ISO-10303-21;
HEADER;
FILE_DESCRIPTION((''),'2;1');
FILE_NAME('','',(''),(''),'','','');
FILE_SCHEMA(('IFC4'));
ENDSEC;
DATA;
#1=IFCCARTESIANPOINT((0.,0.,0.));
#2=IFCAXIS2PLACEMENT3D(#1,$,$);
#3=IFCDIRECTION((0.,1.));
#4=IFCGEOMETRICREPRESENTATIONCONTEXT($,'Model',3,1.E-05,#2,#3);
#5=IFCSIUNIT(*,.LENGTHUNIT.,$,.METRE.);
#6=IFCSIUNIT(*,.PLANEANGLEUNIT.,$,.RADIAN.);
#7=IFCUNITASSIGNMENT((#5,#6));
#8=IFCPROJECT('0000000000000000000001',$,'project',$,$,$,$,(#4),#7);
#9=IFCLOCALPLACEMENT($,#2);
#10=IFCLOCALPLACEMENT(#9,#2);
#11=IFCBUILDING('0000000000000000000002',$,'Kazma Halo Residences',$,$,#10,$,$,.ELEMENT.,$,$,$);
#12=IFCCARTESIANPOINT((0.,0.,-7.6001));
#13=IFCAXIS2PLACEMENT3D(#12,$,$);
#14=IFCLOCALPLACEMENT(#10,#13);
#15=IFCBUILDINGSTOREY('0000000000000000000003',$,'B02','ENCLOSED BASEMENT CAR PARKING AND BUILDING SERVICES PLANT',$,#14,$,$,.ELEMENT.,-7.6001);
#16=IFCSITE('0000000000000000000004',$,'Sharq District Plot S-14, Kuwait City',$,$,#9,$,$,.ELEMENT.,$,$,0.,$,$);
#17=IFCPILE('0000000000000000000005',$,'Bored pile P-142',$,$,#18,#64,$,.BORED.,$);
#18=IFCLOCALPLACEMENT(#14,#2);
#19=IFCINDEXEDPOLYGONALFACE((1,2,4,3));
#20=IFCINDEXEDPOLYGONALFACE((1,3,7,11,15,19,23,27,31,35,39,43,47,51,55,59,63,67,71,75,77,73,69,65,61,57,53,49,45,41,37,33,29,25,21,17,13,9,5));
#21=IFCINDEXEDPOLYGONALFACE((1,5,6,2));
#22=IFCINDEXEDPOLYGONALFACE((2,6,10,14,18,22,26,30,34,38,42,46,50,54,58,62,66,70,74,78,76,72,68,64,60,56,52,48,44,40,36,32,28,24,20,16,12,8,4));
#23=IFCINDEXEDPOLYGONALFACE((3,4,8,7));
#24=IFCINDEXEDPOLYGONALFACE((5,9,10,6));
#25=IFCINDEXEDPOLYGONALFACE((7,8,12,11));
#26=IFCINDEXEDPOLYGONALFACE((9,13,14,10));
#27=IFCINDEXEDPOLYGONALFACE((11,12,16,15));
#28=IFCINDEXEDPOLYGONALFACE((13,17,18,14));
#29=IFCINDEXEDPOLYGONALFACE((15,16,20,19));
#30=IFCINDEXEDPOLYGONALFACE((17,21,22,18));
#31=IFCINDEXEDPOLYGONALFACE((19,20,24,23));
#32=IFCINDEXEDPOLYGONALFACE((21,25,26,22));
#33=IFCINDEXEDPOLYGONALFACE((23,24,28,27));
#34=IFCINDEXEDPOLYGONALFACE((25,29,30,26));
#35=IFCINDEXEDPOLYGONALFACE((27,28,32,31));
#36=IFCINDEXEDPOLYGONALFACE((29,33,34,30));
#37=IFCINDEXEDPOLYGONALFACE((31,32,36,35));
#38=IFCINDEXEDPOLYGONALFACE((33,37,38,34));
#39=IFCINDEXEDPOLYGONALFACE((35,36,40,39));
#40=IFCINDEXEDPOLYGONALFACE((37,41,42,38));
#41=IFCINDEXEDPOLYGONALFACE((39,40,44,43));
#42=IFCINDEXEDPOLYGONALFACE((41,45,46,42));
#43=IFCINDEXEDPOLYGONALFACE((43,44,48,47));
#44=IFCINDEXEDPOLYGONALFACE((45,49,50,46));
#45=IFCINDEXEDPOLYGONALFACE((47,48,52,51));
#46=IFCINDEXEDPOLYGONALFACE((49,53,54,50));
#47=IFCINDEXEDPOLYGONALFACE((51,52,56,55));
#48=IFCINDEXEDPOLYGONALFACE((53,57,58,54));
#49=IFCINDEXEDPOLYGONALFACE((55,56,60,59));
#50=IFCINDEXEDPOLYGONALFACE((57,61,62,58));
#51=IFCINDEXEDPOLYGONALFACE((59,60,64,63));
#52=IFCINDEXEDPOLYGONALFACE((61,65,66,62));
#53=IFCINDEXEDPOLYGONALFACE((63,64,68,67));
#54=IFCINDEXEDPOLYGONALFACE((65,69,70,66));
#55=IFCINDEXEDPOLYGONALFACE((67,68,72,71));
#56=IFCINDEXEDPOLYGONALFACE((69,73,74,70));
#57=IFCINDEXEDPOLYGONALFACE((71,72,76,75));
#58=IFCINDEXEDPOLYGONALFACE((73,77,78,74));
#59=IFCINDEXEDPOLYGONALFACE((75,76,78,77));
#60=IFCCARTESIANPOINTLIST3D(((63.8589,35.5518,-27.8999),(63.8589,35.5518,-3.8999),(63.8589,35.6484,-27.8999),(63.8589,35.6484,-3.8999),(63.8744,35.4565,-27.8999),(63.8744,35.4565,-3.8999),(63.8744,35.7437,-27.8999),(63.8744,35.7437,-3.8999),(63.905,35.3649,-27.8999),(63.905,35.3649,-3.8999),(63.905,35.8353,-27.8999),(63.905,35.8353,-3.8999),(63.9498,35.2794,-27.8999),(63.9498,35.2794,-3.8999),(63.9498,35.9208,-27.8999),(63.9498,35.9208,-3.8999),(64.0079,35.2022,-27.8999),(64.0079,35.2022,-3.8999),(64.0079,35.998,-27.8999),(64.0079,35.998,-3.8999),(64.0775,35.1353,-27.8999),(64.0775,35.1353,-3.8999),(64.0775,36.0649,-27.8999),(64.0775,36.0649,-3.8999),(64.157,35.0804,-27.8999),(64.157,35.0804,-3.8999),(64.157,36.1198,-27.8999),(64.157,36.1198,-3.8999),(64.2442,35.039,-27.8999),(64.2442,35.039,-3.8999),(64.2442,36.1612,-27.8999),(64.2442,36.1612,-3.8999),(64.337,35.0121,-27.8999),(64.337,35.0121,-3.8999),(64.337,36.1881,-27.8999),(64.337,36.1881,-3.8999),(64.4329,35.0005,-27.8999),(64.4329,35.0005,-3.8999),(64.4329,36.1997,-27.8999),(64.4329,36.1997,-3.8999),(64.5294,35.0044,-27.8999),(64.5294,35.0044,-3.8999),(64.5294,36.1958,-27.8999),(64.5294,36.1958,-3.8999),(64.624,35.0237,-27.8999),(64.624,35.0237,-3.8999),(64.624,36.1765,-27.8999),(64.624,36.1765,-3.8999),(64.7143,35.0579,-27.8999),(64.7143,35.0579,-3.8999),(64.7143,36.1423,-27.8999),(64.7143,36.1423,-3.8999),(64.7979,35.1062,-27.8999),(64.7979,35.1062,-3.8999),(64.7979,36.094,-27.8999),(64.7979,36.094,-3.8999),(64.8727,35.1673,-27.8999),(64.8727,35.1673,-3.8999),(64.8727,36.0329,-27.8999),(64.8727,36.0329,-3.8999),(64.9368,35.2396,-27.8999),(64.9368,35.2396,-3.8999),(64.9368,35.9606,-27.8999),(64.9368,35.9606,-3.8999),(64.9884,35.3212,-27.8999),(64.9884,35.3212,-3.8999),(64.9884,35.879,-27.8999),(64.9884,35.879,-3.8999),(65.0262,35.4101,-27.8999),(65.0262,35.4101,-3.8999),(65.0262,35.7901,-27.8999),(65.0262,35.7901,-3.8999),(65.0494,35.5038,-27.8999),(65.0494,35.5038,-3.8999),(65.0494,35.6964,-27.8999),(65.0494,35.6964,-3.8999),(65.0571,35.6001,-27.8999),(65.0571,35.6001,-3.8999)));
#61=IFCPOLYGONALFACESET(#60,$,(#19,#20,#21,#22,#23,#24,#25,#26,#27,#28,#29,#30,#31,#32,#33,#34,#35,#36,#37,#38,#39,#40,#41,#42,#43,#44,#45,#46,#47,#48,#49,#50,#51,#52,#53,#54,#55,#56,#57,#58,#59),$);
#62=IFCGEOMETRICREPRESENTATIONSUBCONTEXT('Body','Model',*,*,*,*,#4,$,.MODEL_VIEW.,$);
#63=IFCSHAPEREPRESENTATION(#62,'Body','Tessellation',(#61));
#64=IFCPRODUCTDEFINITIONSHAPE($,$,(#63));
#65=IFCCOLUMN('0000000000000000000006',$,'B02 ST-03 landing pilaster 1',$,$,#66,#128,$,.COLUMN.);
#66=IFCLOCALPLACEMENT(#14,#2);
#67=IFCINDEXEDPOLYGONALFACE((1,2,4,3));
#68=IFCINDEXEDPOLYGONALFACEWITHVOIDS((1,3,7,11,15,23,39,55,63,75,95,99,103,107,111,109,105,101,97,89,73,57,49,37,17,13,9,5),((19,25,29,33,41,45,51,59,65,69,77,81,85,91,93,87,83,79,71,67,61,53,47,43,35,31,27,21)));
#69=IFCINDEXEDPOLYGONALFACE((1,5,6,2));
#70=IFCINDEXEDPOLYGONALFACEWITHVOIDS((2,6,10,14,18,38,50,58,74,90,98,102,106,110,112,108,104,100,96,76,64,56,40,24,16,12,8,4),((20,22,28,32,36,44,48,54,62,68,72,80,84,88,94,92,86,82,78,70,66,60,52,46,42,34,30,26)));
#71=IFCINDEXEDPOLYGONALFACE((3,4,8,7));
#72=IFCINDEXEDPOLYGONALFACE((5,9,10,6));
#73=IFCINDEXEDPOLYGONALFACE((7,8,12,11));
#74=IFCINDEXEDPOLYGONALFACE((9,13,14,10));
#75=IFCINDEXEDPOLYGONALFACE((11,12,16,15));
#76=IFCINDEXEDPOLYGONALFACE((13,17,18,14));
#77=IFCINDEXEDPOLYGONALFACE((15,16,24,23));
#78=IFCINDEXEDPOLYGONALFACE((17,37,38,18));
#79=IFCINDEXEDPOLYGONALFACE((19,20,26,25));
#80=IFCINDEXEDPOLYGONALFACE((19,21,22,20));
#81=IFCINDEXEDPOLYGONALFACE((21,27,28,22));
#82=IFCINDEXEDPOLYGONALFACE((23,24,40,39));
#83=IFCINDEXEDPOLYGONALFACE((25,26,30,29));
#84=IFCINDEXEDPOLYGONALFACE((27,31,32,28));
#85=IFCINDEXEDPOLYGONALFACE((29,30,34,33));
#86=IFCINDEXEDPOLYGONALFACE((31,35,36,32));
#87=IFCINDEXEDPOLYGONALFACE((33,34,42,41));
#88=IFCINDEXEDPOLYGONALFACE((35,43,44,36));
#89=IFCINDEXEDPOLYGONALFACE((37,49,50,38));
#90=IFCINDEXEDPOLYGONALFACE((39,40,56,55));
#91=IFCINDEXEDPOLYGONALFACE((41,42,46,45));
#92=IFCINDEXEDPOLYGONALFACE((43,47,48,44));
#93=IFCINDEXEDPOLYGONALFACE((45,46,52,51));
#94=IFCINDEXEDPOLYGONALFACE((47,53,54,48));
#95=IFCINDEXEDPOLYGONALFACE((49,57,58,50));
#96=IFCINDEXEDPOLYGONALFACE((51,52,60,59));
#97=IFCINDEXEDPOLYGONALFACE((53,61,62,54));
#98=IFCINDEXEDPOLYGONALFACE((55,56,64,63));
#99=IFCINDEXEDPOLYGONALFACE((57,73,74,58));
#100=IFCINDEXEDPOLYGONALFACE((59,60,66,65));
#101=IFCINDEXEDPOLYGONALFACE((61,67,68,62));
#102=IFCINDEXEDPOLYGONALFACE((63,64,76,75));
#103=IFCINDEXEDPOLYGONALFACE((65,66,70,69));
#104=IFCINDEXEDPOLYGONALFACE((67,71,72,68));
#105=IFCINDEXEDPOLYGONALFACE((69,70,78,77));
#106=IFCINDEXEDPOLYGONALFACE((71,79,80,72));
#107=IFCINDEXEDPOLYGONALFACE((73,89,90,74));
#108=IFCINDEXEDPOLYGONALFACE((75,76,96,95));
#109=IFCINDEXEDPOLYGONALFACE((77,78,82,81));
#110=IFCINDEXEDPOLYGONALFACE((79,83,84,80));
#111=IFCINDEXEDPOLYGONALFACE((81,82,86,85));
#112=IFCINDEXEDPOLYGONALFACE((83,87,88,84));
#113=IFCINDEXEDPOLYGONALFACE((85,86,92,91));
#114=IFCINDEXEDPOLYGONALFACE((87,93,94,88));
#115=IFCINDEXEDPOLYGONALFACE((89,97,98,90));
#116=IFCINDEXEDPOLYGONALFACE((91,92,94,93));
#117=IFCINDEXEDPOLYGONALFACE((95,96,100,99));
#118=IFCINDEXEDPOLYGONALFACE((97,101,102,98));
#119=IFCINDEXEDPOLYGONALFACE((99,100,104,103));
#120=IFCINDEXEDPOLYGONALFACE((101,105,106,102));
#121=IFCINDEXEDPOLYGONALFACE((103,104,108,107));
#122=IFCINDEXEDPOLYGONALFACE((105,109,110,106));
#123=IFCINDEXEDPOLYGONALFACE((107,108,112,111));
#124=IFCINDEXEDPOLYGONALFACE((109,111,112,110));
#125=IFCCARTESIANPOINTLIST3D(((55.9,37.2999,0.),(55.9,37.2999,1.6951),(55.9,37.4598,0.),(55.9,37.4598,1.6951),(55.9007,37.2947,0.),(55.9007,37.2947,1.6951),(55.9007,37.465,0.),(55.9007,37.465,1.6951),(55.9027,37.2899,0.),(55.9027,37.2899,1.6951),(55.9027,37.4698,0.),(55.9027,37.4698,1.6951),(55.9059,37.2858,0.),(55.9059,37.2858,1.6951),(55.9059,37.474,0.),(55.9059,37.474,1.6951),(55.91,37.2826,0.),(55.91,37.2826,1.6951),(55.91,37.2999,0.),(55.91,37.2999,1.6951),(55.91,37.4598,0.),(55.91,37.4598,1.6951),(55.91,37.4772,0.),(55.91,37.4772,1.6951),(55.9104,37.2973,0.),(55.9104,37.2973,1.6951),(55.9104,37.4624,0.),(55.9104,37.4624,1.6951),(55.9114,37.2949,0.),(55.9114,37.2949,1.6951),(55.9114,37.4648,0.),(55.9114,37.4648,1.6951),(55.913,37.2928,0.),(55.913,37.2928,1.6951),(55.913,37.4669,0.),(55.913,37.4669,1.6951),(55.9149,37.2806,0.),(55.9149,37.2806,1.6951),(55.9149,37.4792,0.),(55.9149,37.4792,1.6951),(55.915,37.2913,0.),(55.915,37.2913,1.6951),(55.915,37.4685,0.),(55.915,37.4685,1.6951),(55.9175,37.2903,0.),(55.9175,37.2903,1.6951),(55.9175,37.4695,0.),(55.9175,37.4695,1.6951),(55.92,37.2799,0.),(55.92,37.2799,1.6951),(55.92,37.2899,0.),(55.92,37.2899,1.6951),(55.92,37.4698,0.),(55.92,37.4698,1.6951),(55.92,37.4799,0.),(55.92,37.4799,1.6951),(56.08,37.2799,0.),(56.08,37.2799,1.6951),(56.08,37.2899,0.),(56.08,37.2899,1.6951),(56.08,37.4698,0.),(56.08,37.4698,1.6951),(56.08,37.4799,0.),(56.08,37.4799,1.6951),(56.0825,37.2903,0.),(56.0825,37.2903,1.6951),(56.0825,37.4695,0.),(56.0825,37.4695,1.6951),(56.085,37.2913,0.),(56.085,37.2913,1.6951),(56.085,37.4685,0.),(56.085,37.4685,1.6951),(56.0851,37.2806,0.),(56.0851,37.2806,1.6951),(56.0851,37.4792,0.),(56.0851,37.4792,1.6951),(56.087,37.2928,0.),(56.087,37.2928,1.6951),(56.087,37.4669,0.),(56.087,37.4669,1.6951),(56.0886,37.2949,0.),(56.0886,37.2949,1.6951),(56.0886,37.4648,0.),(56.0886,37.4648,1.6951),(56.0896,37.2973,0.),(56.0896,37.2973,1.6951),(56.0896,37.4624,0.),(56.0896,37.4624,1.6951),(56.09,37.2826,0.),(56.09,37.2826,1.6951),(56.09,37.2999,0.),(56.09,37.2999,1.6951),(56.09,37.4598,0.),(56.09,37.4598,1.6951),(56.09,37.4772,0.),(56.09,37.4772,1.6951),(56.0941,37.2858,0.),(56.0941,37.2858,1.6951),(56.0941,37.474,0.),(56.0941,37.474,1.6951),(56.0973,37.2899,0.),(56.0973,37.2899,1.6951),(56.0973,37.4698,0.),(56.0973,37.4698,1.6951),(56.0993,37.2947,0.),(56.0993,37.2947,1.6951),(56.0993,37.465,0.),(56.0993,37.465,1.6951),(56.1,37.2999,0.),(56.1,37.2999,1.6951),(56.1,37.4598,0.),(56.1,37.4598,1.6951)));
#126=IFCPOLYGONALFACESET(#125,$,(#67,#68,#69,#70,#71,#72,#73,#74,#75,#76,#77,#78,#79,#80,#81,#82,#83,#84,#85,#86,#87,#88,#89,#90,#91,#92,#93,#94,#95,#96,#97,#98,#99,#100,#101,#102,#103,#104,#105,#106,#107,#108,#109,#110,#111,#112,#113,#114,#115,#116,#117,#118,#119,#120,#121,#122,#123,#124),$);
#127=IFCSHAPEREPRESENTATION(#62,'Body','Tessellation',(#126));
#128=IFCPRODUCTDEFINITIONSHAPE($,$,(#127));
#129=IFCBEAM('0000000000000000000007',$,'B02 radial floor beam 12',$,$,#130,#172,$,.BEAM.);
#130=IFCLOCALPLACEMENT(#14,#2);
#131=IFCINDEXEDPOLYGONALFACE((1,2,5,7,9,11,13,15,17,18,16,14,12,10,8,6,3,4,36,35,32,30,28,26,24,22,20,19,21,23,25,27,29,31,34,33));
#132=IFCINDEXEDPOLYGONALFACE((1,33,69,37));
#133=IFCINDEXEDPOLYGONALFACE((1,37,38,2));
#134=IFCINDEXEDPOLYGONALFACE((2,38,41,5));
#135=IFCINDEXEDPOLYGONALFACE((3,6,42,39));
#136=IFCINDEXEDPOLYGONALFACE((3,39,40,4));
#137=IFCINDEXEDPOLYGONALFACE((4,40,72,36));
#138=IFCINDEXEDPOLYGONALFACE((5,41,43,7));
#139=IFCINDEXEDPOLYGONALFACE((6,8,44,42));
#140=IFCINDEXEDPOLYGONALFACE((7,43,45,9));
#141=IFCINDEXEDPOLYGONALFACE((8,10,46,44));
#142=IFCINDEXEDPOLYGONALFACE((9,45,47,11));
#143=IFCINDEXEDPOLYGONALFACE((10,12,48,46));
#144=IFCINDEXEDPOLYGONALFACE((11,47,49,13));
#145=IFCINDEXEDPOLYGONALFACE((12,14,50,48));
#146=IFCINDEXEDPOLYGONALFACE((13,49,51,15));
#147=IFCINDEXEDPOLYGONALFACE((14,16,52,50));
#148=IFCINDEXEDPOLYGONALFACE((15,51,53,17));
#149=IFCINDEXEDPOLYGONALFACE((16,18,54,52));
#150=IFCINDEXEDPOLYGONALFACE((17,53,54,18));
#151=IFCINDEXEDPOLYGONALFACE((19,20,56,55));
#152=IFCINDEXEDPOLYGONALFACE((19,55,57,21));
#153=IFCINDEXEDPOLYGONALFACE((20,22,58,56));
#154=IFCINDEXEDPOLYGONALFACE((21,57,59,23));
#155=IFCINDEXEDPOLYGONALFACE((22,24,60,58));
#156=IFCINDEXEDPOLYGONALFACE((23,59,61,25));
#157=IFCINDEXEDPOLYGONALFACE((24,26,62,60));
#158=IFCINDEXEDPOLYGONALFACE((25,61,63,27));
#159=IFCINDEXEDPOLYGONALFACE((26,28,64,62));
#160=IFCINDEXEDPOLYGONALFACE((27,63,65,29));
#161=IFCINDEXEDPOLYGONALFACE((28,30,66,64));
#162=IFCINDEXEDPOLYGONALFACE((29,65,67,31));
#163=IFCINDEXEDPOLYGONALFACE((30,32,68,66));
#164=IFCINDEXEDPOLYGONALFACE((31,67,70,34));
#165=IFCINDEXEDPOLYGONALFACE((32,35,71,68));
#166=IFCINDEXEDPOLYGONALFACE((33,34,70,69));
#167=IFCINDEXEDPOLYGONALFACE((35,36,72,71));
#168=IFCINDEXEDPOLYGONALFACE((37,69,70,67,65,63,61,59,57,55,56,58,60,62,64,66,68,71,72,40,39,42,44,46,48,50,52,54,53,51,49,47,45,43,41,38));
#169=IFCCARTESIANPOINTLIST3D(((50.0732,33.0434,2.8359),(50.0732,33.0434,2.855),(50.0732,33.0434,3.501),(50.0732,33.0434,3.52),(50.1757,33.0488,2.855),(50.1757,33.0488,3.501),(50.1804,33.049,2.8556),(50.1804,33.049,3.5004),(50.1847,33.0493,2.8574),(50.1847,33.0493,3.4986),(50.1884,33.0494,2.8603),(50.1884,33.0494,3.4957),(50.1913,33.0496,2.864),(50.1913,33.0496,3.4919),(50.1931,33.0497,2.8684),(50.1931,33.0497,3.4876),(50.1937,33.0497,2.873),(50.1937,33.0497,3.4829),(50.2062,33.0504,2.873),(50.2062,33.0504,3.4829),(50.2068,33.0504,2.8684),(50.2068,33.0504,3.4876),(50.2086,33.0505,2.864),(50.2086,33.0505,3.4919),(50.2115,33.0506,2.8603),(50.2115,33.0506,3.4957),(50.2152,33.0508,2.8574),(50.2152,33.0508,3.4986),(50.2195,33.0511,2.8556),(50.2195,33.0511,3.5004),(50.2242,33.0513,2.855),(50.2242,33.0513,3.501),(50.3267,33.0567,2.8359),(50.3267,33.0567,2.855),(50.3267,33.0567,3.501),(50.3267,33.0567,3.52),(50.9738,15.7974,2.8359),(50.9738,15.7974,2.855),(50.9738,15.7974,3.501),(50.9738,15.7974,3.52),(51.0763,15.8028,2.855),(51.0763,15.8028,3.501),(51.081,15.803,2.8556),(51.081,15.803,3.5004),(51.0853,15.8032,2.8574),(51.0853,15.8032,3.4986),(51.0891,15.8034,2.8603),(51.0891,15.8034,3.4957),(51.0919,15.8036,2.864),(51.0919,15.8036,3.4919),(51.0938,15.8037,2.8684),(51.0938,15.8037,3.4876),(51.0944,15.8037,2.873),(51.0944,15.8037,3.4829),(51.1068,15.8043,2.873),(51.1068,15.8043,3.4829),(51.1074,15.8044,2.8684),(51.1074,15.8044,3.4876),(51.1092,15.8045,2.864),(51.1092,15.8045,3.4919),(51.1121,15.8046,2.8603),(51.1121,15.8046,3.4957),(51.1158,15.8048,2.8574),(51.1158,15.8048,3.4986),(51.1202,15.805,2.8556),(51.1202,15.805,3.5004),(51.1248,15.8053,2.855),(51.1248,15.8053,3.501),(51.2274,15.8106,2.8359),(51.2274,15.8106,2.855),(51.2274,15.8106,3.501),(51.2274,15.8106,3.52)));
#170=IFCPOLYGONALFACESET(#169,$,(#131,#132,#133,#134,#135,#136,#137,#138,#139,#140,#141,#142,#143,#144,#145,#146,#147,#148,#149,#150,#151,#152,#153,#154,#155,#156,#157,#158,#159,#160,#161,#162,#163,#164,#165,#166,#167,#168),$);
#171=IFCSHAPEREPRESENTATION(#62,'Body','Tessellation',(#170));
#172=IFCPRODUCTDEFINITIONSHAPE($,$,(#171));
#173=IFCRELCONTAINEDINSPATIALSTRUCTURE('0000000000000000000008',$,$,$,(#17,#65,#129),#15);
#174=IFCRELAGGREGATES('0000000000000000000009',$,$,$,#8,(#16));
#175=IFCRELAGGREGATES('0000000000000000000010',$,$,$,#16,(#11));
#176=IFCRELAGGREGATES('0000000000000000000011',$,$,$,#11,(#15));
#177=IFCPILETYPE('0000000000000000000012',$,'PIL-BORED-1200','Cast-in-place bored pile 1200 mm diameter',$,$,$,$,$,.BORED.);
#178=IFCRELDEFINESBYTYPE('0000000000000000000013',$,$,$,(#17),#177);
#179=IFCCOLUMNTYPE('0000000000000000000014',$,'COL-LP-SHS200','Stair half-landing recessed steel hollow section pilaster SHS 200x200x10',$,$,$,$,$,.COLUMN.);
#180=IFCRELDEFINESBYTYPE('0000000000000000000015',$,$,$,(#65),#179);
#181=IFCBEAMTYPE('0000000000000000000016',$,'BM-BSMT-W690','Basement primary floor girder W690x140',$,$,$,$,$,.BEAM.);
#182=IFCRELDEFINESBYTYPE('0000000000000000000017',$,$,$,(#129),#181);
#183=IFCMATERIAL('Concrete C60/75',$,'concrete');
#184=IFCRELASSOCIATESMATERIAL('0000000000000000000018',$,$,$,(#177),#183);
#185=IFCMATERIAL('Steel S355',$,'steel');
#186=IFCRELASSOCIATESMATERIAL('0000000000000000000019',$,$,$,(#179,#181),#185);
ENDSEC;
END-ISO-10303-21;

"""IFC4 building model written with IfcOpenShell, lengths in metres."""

from ifc_helpers import new_model, si_unit, direction, frame, origin, origin_2d, place, context, subcontext, project, spatial, hollow_rectangle, circle, i_section, extrude, material, material_profile, profile_set, type_object, element, save


model = new_model("IFC4")

# Units and contexts
model_context = context("Model", 3, precision=1e-05, world=origin(), true_north=direction((0.0, 1.0)))
body_context = subcontext(model_context, "Body", "Model", "MODEL_VIEW")
ifc_project = project(units=[si_unit("LENGTHUNIT", "METRE"), si_unit("PLANEANGLEUNIT", "RADIAN")], contexts=[model_context])

# Site, building, storey
site_placement = place(None, origin())
site = spatial("IfcSite", under=ifc_project, at=site_placement, Name="Sharq District Plot S-14, Kuwait City", CompositionType="ELEMENT", RefElevation=0.0)
building_placement = place(site_placement, origin())
building = spatial("IfcBuilding", under=site, at=building_placement, Name="Kazma Halo Residences", CompositionType="ELEMENT")
storey_placement = place(building_placement, frame((0.0, 0.0, -7.6001)))
storey = spatial("IfcBuildingStorey", under=building, at=storey_placement, Name="B02", Description="ENCLOSED BASEMENT CAR PARKING AND BUILDING SERVICES PLANT", CompositionType="ELEMENT", Elevation=-7.6001)

# Pile
ifc_material_1 = material(Name="Concrete C60/75", Category="concrete")
ifc_material_profile_1 = material_profile(ifc_material_1, circle(Radius=0.6001, at=origin_2d()), Name="CIRC1200")
ifc_profile_set_1 = profile_set([ifc_material_profile_1], Name="Concrete C60/75")
pile_type = type_object("IfcPileType", Name="PIL-BORED-1200", Description="Cast-in-place bored pile 1200 mm diameter", PredefinedType="BORED", material=ifc_profile_set_1)
for number, where, z_axis, x_axis, name in (
    (1, (64.457, 35.6001, -3.8999), (0.0, 0.0, -1.0), (1.0, 0.0, 0.0), "Bored pile P-142"),
):
    element("IfcPile", number, at=place(storey_placement, frame(where, z_axis=z_axis, x_axis=x_axis)), inside=storey, type_object=pile_type, Name=name, PredefinedType="BORED", context=body_context, shape_type="SweptSolid", body=[
        extrude(circle(Radius=0.6001, at=origin_2d()), origin(), (0.0, 0.0, 1.0), 24.0),
    ])

# Column
ifc_material_2 = material(Name="Steel S355", Category="steel")
ifc_material_profile_2 = material_profile(ifc_material_2, hollow_rectangle(XDim=0.2, YDim=0.2, WallThickness=0.01, InnerFilletRadius=0.01, OuterFilletRadius=0.02, at=origin_2d()), Name="SHS200x200x10")
ifc_profile_set_2 = profile_set([ifc_material_profile_2], Name="Steel S355")
column_type = type_object("IfcColumnType", Name="COL-LP-SHS200", Description="Stair half-landing recessed steel hollow section pilaster SHS 200x200x10", PredefinedType="COLUMN", material=ifc_profile_set_2)
column_placement = place(storey_placement, frame((56.0, 37.3799, 0.0), z_axis=(0.0, 0.0, 1.0), x_axis=(1.0, 0.0, 0.0)))
element("IfcColumn", 2, at=column_placement, inside=storey, type_object=column_type, Name="B02 ST-03 landing pilaster 1", PredefinedType="COLUMN", context=body_context, shape_type="SweptSolid", body=[
    extrude(hollow_rectangle(XDim=0.2, YDim=0.2, WallThickness=0.01, InnerFilletRadius=0.01, OuterFilletRadius=0.02, at=origin_2d()), origin(), (0.0, 0.0, 1.0), 1.6951),
])

# Beam
ifc_material_profile_3 = material_profile(ifc_material_2, i_section(OverallWidth=0.2539, OverallDepth=0.6841, WebThickness=0.0125, FlangeThickness=0.019, FilletRadius=0.0181, at=origin_2d()), Name="W690x140")
ifc_profile_set_3 = profile_set([ifc_material_profile_3], Name="Steel S355")
beam_type_1 = type_object("IfcBeamType", Name="BM-BSMT-W690", Description="Basement primary floor girder W690x140", PredefinedType="BEAM", material=ifc_profile_set_3)
beam_1_placement = place(storey_placement, frame((50.2, 33.05, 3.178), z_axis=(0.052151, -0.998639, 0.0), x_axis=(0.998639, 0.052151, 0.0)))
element("IfcBeam", 3, at=beam_1_placement, inside=storey, type_object=beam_type_1, Name="B02 radial floor beam 12", PredefinedType="BEAM", context=body_context, shape_type="SweptSolid", body=[
    extrude(i_section(OverallWidth=0.2539, OverallDepth=0.6841, WebThickness=0.0125, FlangeThickness=0.019, FilletRadius=0.0181, at=origin_2d()), origin(), (0.0, 0.0, 1.0), 17.2695),
])

save(model, "model.ifc")
